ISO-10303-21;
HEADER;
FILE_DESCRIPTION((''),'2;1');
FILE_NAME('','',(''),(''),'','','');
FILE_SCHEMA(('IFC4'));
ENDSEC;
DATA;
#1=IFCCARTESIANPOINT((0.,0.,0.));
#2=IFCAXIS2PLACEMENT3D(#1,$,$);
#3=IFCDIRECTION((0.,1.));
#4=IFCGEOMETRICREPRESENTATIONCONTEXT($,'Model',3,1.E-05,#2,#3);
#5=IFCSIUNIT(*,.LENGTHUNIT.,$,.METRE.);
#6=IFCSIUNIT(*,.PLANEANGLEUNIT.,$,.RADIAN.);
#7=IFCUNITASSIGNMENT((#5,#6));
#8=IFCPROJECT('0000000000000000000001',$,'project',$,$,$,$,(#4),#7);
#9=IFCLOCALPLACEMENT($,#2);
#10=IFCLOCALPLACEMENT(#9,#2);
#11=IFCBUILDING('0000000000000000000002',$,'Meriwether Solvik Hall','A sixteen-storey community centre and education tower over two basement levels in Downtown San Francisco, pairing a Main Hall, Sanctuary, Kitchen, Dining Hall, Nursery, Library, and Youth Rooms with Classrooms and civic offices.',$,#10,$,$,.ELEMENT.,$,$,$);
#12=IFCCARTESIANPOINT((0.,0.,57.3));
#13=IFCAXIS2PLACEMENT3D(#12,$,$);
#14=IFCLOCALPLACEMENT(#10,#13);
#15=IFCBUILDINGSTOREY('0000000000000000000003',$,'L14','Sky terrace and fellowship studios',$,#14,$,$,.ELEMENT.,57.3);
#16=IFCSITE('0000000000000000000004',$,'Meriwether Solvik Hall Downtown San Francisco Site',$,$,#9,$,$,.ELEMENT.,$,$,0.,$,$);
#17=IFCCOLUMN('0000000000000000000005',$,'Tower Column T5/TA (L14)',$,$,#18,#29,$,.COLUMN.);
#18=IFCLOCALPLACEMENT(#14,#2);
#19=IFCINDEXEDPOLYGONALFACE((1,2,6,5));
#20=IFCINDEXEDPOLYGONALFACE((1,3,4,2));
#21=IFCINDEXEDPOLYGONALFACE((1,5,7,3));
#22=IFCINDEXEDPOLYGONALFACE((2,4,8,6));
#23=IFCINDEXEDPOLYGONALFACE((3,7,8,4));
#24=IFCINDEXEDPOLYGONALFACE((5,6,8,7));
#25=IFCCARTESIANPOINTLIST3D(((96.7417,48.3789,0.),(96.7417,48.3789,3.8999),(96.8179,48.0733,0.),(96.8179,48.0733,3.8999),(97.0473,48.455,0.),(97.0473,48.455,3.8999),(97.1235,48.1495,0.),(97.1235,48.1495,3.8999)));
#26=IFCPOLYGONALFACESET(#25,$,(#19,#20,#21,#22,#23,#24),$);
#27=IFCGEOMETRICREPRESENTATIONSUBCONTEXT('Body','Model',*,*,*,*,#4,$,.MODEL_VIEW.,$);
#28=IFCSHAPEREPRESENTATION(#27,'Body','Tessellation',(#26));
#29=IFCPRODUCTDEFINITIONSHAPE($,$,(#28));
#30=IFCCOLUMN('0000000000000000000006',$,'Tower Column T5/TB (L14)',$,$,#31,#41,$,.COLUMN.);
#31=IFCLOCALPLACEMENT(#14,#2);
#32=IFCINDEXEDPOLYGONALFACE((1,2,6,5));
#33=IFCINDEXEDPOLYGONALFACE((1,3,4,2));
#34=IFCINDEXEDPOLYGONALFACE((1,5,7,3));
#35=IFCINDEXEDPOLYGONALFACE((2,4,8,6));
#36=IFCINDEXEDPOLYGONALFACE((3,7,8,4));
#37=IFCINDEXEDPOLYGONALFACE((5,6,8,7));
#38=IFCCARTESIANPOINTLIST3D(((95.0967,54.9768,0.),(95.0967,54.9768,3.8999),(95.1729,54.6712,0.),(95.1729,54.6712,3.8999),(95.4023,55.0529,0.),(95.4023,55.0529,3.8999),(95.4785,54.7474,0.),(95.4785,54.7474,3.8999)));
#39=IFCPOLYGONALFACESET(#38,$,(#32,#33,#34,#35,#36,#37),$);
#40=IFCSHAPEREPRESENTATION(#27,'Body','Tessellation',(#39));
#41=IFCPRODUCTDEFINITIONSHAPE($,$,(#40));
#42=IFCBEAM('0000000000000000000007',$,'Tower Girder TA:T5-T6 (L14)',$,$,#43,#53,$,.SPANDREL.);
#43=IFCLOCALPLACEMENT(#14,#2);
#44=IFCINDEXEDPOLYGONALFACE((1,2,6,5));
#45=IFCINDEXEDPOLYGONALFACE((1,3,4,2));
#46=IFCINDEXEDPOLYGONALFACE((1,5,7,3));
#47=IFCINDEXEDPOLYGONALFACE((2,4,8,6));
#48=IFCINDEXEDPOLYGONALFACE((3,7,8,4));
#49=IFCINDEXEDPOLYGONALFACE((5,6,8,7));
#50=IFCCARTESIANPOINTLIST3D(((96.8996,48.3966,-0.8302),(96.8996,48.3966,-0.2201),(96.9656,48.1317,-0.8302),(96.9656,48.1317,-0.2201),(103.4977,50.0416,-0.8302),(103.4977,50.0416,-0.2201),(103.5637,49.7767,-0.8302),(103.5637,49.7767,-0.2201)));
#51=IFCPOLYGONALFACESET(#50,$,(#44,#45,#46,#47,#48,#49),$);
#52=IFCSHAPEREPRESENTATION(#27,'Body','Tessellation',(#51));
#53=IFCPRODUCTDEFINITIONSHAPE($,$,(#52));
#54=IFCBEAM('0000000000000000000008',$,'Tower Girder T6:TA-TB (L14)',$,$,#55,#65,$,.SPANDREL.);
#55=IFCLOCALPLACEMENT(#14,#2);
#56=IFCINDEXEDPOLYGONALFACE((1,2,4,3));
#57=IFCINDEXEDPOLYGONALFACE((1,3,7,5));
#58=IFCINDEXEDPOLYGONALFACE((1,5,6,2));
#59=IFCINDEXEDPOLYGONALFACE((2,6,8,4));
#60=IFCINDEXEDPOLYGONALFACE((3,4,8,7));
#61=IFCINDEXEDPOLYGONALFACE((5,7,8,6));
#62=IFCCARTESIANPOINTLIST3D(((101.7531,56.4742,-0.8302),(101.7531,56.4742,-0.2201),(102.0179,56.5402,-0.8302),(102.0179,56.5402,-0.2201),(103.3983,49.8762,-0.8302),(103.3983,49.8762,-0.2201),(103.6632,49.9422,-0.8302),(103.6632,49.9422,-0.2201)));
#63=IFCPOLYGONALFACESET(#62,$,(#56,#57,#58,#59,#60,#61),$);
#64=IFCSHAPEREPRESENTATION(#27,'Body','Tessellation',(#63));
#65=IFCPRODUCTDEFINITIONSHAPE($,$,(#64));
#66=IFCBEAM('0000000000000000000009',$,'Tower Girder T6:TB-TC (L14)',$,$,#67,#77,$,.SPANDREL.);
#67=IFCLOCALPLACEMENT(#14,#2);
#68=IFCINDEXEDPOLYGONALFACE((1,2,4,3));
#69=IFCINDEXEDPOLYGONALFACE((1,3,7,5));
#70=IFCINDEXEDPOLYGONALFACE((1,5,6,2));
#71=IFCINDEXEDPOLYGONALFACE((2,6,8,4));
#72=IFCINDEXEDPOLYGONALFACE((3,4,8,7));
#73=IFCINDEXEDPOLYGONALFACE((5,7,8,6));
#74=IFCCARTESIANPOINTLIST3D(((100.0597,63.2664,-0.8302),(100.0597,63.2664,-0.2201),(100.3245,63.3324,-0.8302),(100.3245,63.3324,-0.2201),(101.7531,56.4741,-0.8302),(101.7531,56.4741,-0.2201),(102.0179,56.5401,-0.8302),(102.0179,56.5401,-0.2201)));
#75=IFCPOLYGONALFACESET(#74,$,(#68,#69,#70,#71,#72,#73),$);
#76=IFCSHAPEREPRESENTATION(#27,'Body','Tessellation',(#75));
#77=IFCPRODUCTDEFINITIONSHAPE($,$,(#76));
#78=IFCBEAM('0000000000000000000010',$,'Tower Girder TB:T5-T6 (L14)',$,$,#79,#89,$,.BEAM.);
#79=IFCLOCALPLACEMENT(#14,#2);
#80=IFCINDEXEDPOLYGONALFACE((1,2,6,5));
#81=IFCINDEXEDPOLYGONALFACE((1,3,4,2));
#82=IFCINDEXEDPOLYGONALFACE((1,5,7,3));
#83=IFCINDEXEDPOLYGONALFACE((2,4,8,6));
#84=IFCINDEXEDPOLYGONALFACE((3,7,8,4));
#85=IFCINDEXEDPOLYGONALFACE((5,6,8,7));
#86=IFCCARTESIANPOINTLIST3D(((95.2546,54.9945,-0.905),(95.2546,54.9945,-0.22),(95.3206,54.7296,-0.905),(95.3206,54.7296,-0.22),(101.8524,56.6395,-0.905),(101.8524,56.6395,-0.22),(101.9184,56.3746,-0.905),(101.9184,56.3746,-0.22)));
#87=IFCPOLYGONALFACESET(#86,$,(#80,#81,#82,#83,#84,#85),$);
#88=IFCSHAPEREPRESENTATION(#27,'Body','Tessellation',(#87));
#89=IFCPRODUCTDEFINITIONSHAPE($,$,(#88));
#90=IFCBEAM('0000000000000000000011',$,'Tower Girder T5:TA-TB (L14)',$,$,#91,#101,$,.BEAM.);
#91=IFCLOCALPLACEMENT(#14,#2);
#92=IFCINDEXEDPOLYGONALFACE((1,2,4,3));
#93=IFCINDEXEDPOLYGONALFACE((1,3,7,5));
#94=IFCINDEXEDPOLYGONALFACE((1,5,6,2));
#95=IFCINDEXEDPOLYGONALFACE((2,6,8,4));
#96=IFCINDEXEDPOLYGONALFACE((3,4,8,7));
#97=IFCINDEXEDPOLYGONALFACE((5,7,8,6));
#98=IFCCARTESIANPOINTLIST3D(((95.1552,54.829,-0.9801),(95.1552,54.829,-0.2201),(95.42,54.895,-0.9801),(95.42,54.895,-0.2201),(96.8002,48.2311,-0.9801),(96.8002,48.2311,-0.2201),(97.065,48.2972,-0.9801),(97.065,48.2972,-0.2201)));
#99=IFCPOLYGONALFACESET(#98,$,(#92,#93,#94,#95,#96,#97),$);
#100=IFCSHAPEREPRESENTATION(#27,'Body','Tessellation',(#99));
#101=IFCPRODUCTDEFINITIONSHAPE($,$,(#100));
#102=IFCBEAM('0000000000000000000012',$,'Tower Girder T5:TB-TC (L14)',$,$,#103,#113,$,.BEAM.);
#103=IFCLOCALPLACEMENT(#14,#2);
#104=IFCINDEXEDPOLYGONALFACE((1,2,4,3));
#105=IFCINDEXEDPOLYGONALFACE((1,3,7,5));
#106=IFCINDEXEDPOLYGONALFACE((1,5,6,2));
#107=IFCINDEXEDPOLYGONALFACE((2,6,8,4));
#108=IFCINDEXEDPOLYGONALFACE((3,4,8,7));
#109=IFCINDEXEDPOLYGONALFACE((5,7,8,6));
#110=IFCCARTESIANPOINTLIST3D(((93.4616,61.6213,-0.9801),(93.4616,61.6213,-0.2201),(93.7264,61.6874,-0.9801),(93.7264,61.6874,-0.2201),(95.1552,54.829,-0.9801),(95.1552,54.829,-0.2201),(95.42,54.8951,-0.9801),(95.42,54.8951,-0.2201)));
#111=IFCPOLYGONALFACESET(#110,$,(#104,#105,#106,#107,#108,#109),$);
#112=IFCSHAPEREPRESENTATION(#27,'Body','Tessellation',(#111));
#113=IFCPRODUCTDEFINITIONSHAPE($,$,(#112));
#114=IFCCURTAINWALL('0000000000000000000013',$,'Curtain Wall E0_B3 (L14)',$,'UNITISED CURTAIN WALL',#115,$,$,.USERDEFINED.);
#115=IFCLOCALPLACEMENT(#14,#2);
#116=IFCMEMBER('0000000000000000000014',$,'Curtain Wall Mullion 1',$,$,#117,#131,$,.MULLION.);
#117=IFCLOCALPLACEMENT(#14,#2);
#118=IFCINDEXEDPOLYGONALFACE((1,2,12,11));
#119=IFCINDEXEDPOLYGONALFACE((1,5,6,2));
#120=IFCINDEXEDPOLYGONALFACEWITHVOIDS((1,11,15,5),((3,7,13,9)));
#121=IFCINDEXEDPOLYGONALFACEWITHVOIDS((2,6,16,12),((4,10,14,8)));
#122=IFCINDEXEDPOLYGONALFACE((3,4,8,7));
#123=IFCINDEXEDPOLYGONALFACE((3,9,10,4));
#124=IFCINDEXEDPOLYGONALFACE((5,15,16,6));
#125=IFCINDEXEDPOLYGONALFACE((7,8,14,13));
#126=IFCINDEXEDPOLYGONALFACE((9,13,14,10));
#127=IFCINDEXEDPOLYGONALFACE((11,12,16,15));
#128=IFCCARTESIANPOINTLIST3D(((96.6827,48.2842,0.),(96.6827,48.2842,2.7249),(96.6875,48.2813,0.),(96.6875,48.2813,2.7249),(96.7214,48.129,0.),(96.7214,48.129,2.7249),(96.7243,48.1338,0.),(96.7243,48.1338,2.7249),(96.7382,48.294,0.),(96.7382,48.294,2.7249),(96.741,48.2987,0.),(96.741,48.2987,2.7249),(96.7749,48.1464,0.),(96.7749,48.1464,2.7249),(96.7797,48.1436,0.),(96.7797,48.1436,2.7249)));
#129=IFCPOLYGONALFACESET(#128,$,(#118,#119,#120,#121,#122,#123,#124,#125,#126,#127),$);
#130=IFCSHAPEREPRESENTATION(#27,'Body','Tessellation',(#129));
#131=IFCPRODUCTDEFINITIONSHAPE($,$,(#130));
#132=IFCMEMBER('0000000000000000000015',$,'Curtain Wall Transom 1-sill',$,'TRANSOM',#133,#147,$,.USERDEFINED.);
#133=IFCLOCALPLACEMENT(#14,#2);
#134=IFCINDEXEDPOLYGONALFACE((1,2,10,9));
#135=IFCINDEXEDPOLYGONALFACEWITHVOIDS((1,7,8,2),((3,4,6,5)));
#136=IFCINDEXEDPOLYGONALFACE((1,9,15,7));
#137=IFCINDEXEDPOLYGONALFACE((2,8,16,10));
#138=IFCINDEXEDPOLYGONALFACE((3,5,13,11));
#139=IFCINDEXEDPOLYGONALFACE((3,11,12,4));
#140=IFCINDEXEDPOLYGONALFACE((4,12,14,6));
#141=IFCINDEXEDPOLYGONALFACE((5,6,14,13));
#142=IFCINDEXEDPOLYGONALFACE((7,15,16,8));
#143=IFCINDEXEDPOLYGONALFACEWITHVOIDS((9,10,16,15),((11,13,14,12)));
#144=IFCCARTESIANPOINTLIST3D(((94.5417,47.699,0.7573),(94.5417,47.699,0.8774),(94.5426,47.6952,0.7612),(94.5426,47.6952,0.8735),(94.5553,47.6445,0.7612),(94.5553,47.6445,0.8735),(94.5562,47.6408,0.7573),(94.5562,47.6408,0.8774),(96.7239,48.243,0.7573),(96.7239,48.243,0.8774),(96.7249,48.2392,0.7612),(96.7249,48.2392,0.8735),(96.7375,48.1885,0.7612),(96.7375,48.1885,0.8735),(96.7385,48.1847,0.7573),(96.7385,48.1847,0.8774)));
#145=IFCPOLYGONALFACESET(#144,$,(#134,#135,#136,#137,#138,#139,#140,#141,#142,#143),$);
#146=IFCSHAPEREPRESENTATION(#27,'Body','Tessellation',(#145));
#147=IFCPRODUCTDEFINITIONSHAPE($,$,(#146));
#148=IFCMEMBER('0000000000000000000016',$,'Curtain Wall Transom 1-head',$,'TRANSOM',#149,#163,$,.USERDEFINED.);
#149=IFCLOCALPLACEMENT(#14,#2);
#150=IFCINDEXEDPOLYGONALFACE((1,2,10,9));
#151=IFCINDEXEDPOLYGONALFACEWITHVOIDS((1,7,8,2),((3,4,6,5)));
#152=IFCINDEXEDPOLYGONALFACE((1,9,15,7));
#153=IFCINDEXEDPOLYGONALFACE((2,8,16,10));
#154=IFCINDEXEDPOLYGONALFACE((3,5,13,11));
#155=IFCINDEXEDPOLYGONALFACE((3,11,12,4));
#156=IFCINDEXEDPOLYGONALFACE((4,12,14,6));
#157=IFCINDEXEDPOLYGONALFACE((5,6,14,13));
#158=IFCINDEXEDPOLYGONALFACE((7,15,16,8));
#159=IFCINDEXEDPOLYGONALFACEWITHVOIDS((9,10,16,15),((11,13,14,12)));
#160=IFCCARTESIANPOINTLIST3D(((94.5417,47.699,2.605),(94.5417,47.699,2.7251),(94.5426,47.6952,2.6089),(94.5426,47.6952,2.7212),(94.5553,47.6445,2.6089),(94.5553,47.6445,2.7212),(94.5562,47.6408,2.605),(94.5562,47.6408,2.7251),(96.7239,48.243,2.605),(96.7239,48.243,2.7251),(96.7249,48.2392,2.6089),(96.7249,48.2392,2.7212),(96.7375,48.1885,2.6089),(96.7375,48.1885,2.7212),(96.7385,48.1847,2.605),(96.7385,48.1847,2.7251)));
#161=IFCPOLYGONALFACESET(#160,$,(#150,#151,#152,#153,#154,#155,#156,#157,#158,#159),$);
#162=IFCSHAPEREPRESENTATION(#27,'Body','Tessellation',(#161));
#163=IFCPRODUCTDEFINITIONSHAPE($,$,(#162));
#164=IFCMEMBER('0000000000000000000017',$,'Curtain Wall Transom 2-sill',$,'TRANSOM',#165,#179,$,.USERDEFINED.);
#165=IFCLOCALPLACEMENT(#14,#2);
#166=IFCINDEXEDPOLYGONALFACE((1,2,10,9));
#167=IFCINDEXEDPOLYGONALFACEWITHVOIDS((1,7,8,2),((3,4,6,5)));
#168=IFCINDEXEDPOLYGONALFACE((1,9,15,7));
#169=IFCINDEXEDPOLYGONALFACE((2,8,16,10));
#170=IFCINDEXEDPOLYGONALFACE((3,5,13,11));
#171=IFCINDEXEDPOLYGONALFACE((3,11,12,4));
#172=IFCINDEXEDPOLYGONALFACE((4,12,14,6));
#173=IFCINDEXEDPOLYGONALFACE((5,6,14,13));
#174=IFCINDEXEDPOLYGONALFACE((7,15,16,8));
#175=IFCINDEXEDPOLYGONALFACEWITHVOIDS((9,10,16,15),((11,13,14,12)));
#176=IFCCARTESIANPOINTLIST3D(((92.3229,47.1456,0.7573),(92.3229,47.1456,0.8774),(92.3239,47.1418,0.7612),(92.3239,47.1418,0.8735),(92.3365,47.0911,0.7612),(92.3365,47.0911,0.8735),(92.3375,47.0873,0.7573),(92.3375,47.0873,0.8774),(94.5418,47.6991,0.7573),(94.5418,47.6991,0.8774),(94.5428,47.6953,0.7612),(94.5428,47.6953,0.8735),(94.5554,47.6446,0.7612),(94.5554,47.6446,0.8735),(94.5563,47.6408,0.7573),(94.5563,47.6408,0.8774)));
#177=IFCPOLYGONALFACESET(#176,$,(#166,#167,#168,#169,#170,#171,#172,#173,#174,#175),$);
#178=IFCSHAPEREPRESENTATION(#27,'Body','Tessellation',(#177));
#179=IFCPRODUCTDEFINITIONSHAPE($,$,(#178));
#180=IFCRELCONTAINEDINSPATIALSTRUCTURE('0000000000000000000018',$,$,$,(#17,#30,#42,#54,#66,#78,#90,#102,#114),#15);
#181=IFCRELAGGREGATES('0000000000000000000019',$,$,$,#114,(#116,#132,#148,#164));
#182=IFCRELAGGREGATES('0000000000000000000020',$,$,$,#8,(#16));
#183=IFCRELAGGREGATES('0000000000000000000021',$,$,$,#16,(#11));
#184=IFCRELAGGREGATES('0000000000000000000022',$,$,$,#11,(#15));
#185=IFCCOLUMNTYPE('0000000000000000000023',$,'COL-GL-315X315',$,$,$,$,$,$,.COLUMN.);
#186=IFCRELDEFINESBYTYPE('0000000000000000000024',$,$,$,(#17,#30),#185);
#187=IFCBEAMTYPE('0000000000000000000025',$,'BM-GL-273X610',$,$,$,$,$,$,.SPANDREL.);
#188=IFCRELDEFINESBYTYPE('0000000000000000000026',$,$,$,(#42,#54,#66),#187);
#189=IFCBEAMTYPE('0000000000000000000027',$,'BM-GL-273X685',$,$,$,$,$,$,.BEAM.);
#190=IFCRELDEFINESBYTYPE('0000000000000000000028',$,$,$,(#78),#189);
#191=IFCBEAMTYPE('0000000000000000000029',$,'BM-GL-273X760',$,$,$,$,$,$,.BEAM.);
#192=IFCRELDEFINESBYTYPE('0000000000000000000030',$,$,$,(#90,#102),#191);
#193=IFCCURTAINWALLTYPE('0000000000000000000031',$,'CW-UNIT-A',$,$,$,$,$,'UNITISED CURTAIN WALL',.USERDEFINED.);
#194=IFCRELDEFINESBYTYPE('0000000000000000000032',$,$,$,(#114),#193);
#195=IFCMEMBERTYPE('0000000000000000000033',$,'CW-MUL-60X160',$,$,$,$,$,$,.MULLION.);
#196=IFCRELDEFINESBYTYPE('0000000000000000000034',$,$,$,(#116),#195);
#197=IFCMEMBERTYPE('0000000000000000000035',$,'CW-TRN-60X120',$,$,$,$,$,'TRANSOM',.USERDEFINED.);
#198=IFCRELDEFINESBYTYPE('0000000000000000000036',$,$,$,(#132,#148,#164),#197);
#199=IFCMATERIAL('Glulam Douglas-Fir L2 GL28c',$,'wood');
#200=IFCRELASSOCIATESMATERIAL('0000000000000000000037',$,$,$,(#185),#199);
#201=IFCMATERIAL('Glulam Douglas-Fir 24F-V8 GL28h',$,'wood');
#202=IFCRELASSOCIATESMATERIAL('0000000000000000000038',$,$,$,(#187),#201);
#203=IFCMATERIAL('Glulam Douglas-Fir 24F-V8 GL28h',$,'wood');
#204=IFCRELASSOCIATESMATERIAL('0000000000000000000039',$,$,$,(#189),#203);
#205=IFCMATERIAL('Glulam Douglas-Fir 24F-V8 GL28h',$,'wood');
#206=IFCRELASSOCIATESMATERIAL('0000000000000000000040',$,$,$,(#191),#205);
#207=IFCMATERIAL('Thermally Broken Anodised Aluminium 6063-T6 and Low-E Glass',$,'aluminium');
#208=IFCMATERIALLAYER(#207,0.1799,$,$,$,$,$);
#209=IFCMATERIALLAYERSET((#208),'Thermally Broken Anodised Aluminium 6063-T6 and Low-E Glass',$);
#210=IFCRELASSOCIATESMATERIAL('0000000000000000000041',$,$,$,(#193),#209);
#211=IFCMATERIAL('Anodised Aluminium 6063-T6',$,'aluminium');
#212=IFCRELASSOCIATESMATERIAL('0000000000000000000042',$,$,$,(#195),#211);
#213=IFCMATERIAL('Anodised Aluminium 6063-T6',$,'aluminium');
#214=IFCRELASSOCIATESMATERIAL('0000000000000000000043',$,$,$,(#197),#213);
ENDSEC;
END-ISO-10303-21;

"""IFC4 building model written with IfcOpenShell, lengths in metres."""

from ifc_helpers import new_model, si_unit, direction, frame, origin, origin_2d, place, context, subcontext, project, spatial, rectangle, hollow_rectangle, extrude, material, layer, layer_set, material_profile, profile_set, type_object, element, aggregate, save


model = new_model("IFC4")

# Units and contexts
model_context = context("Model", 3, precision=1e-05, world=origin(), true_north=direction((0.0, 1.0)))
body_context = subcontext(model_context, "Body", "Model", "MODEL_VIEW")
ifc_project = project(units=[si_unit("LENGTHUNIT", "METRE"), si_unit("PLANEANGLEUNIT", "RADIAN")], contexts=[model_context])

# Site, building, storey
site_placement = place(None, origin())
site = spatial("IfcSite", under=ifc_project, at=site_placement, Name="Meriwether Solvik Hall Downtown San Francisco Site", CompositionType="ELEMENT", RefElevation=0.0)
building_placement = place(site_placement, origin())
building = spatial("IfcBuilding", under=site, at=building_placement, Name="Meriwether Solvik Hall", Description="A sixteen-storey community centre and education tower over two basement levels in Downtown San Francisco, pairing a Main Hall, Sanctuary, Kitchen, Dining Hall, Nursery, Library, and Youth Rooms with Classrooms and civic offices.", CompositionType="ELEMENT")
storey_placement = place(building_placement, frame((0.0, 0.0, 57.3)))
storey = spatial("IfcBuildingStorey", under=building, at=storey_placement, Name="L14", Description="Sky terrace and fellowship studios", CompositionType="ELEMENT", Elevation=57.3)

# Columns
ifc_material_1 = material(Name="Glulam Douglas-Fir L2 GL28c", Category="wood")
ifc_material_profile_1 = material_profile(ifc_material_1, rectangle(XDim=0.3149, YDim=0.3149, at=origin_2d()), Name="GLC-315X315")
ifc_profile_set_1 = profile_set([ifc_material_profile_1], Name="Glulam Douglas-Fir L2 GL28c")
column_type = type_object("IfcColumnType", Name="COL-GL-315X315", PredefinedType="COLUMN", material=ifc_profile_set_1)
for number, where, z_axis, x_axis, name in (
    (1, (96.9326, 48.2642, 0.0), (0.0, 0.0, 1.0), (0.970296, 0.241922, 0.0), "Tower Column T5/TA (L14)"),
    (2, (95.2876, 54.8621, 0.0), (0.0, 0.0, 1.0), (0.970296, 0.241922, 0.0), "Tower Column T5/TB (L14)"),
):
    element("IfcColumn", number, at=place(storey_placement, frame(where, z_axis=z_axis, x_axis=x_axis)), inside=storey, type_object=column_type, Name=name, PredefinedType="COLUMN", context=body_context, shape_type="SweptSolid", body=[
        extrude(rectangle(XDim=0.3149, YDim=0.3149, at=origin_2d()), origin(), (0.0, 0.0, 1.0), 3.8999),
    ])

# Beams
ifc_material_2 = material(Name="Glulam Douglas-Fir 24F-V8 GL28h", Category="wood")
ifc_material_profile_2 = material_profile(ifc_material_2, rectangle(XDim=0.2729, YDim=0.6101, at=origin_2d()), Name="GLB-273X610")
ifc_profile_set_2 = profile_set([ifc_material_profile_2], Name="Glulam Douglas-Fir 24F-V8 GL28h")
beam_type_1 = type_object("IfcBeamType", Name="BM-GL-273X610", PredefinedType="SPANDREL", material=ifc_profile_set_2)
for number, where, z_axis, x_axis, name in (
    (3, (96.9326, 48.2642, -0.5251), (0.970299, 0.24191, 0.0), (-0.24191, 0.970299, 0.0), "Tower Girder TA:T5-T6 (L14)"),
    (4, (103.5308, 49.9092, -0.5251), (-0.241953, 0.970288, 0.0), (-0.970288, -0.241953, 0.0), "Tower Girder T6:TA-TB (L14)"),
):
    element("IfcBeam", number, at=place(storey_placement, frame(where, z_axis=z_axis, x_axis=x_axis)), inside=storey, type_object=beam_type_1, Name=name, PredefinedType="SPANDREL", context=body_context, shape_type="SweptSolid", body=[
        extrude(rectangle(XDim=0.2729, YDim=0.6101, at=origin_2d()), origin(), (0.0, 0.0, 1.0), 6.8),
    ])
beam_1_placement = place(storey_placement, frame((101.8855, 56.5071, -0.5251), z_axis=(-0.241904, 0.9703, 0.0), x_axis=(-0.9703, -0.241904, 0.0)))
element("IfcBeam", 5, at=beam_1_placement, inside=storey, type_object=beam_type_1, Name="Tower Girder T6:TB-TC (L14)", PredefinedType="SPANDREL", context=body_context, shape_type="SweptSolid", body=[
    extrude(rectangle(XDim=0.2729, YDim=0.6101, at=origin_2d()), origin(), (0.0, 0.0, 1.0), 7.0002),
])
ifc_material_3 = material(Name="Glulam Douglas-Fir 24F-V8 GL28h", Category="wood")
ifc_material_profile_3 = material_profile(ifc_material_3, rectangle(XDim=0.2729, YDim=0.6851, at=origin_2d()), Name="GLB-273X685")
ifc_profile_set_3 = profile_set([ifc_material_profile_3], Name="Glulam Douglas-Fir 24F-V8 GL28h")
beam_type_2 = type_object("IfcBeamType", Name="BM-GL-273X685", PredefinedType="BEAM", material=ifc_profile_set_3)
beam_2_placement = place(storey_placement, frame((95.2876, 54.8621, -0.5625), z_axis=(0.970296, 0.241919, 0.0), x_axis=(-0.241919, 0.970296, 0.0)))
element("IfcBeam", 6, at=beam_2_placement, inside=storey, type_object=beam_type_2, Name="Tower Girder TB:T5-T6 (L14)", PredefinedType="BEAM", context=body_context, shape_type="SweptSolid", body=[
    extrude(rectangle(XDim=0.2729, YDim=0.6851, at=origin_2d()), origin(), (0.0, 0.0, 1.0), 6.7998),
])
ifc_material_4 = material(Name="Glulam Douglas-Fir 24F-V8 GL28h", Category="wood")
ifc_material_profile_4 = material_profile(ifc_material_4, rectangle(XDim=0.2729, YDim=0.76, at=origin_2d()), Name="GLB-273X760")
ifc_profile_set_4 = profile_set([ifc_material_profile_4], Name="Glulam Douglas-Fir 24F-V8 GL28h")
beam_type_3 = type_object("IfcBeamType", Name="BM-GL-273X760", PredefinedType="BEAM", material=ifc_profile_set_4)
beam_3_placement = place(storey_placement, frame((96.9326, 48.2642, -0.6001), z_axis=(-0.241919, 0.970296, 0.0), x_axis=(-0.970296, -0.241919, 0.0)))
element("IfcBeam", 7, at=beam_3_placement, inside=storey, type_object=beam_type_3, Name="Tower Girder T5:TA-TB (L14)", PredefinedType="BEAM", context=body_context, shape_type="SweptSolid", body=[
    extrude(rectangle(XDim=0.2729, YDim=0.76, at=origin_2d()), origin(), (0.0, 0.0, 1.0), 6.7998),
])
beam_4_placement = place(storey_placement, frame((95.2876, 54.8621, -0.6001), z_axis=(-0.241937, 0.970292, 0.0), x_axis=(-0.970292, -0.241937, 0.0)))
element("IfcBeam", 8, at=beam_4_placement, inside=storey, type_object=beam_type_3, Name="Tower Girder T5:TB-TC (L14)", PredefinedType="BEAM", context=body_context, shape_type="SweptSolid", body=[
    extrude(rectangle(XDim=0.2729, YDim=0.76, at=origin_2d()), origin(), (0.0, 0.0, 1.0), 7.0002),
])

# Curtain wall, members
ifc_material_5 = material(Name="Thermally Broken Anodised Aluminium 6063-T6 and Low-E Glass", Category="aluminium")
ifc_layer_1 = layer(ifc_material_5, 0.1799)
ifc_layer_set_1 = layer_set([ifc_layer_1], Name="Thermally Broken Anodised Aluminium 6063-T6 and Low-E Glass")
curtain_wall_type = type_object("IfcCurtainWallType", Name="CW-UNIT-A", ElementType="UNITISED CURTAIN WALL", PredefinedType="USERDEFINED", material=ifc_layer_set_1)
curtain_wall_placement = place(storey_placement, origin())
curtain_wall = element("IfcCurtainWall", 9, at=curtain_wall_placement, inside=storey, type_object=curtain_wall_type, Name="Curtain Wall E0_B3 (L14)", ObjectType="UNITISED CURTAIN WALL", PredefinedType="USERDEFINED")
ifc_material_6 = material(Name="Anodised Aluminium 6063-T6", Category="aluminium")
ifc_material_profile_5 = material_profile(ifc_material_6, hollow_rectangle(XDim=0.0601, YDim=0.1599, WallThickness=0.0039, at=origin_2d()), Name="CWM-60X160")
ifc_profile_set_5 = profile_set([ifc_material_profile_5], Name="Anodised Aluminium 6063-T6")
member_type_1 = type_object("IfcMemberType", Name="CW-MUL-60X160", PredefinedType="MULLION", material=ifc_profile_set_5)
member_1_placement = place(storey_placement, frame((96.7312, 48.2139, 0.0), z_axis=(0.0, 0.0, 1.0), x_axis=(-0.970296, -0.241922, 0.0)))
member_1 = element("IfcMember", 10, at=member_1_placement, type_object=member_type_1, Name="Curtain Wall Mullion 1", PredefinedType="MULLION", context=body_context, shape_type="SweptSolid", body=[
    extrude(hollow_rectangle(XDim=0.0601, YDim=0.1599, WallThickness=0.0039, at=origin_2d()), origin(), (0.0, 0.0, 1.0), 2.7249),
])
ifc_material_7 = material(Name="Anodised Aluminium 6063-T6", Category="aluminium")
ifc_material_profile_6 = material_profile(ifc_material_7, hollow_rectangle(XDim=0.0601, YDim=0.1201, WallThickness=0.0039, at=origin_2d()), Name="CWT-60X120")
ifc_profile_set_6 = profile_set([ifc_material_profile_6], Name="Anodised Aluminium 6063-T6")
member_type_2 = type_object("IfcMemberType", Name="CW-TRN-60X120", ElementType="TRANSOM", PredefinedType="USERDEFINED", material=ifc_profile_set_6)
member_2_placement = place(storey_placement, frame((96.7312, 48.2139, 0.8174), z_axis=(-0.970308, -0.241871, 0.0), x_axis=(0.241871, -0.970308, 0.0)))
member_2 = element("IfcMember", 11, at=member_2_placement, type_object=member_type_2, Name="Curtain Wall Transom 1-sill", ObjectType="TRANSOM", PredefinedType="USERDEFINED", context=body_context, shape_type="SweptSolid", body=[
    extrude(hollow_rectangle(XDim=0.0601, YDim=0.1201, WallThickness=0.0039, at=origin_2d()), origin(), (0.0, 0.0, 1.0), 2.249),
])
member_3_placement = place(storey_placement, frame((96.7312, 48.2139, 2.665), z_axis=(-0.970308, -0.241871, 0.0), x_axis=(0.241871, -0.970308, 0.0)))
member_3 = element("IfcMember", 12, at=member_3_placement, type_object=member_type_2, Name="Curtain Wall Transom 1-head", ObjectType="TRANSOM", PredefinedType="USERDEFINED", context=body_context, shape_type="SweptSolid", body=[
    extrude(hollow_rectangle(XDim=0.0601, YDim=0.1201, WallThickness=0.0039, at=origin_2d()), origin(), (0.0, 0.0, 1.0), 2.249),
])
member_4_placement = place(storey_placement, frame((94.5491, 47.6699, 0.8174), z_axis=(-0.970274, -0.242008, 0.0), x_axis=(0.242008, -0.970274, 0.0)))
member_4 = element("IfcMember", 13, at=member_4_placement, type_object=member_type_2, Name="Curtain Wall Transom 2-sill", ObjectType="TRANSOM", PredefinedType="USERDEFINED", context=body_context, shape_type="SweptSolid", body=[
    extrude(hollow_rectangle(XDim=0.0601, YDim=0.1201, WallThickness=0.0039, at=origin_2d()), origin(), (0.0, 0.0, 1.0), 2.2869),
])

aggregate(curtain_wall, [member_1, member_2, member_3, member_4])

save(model, "model.ifc")
